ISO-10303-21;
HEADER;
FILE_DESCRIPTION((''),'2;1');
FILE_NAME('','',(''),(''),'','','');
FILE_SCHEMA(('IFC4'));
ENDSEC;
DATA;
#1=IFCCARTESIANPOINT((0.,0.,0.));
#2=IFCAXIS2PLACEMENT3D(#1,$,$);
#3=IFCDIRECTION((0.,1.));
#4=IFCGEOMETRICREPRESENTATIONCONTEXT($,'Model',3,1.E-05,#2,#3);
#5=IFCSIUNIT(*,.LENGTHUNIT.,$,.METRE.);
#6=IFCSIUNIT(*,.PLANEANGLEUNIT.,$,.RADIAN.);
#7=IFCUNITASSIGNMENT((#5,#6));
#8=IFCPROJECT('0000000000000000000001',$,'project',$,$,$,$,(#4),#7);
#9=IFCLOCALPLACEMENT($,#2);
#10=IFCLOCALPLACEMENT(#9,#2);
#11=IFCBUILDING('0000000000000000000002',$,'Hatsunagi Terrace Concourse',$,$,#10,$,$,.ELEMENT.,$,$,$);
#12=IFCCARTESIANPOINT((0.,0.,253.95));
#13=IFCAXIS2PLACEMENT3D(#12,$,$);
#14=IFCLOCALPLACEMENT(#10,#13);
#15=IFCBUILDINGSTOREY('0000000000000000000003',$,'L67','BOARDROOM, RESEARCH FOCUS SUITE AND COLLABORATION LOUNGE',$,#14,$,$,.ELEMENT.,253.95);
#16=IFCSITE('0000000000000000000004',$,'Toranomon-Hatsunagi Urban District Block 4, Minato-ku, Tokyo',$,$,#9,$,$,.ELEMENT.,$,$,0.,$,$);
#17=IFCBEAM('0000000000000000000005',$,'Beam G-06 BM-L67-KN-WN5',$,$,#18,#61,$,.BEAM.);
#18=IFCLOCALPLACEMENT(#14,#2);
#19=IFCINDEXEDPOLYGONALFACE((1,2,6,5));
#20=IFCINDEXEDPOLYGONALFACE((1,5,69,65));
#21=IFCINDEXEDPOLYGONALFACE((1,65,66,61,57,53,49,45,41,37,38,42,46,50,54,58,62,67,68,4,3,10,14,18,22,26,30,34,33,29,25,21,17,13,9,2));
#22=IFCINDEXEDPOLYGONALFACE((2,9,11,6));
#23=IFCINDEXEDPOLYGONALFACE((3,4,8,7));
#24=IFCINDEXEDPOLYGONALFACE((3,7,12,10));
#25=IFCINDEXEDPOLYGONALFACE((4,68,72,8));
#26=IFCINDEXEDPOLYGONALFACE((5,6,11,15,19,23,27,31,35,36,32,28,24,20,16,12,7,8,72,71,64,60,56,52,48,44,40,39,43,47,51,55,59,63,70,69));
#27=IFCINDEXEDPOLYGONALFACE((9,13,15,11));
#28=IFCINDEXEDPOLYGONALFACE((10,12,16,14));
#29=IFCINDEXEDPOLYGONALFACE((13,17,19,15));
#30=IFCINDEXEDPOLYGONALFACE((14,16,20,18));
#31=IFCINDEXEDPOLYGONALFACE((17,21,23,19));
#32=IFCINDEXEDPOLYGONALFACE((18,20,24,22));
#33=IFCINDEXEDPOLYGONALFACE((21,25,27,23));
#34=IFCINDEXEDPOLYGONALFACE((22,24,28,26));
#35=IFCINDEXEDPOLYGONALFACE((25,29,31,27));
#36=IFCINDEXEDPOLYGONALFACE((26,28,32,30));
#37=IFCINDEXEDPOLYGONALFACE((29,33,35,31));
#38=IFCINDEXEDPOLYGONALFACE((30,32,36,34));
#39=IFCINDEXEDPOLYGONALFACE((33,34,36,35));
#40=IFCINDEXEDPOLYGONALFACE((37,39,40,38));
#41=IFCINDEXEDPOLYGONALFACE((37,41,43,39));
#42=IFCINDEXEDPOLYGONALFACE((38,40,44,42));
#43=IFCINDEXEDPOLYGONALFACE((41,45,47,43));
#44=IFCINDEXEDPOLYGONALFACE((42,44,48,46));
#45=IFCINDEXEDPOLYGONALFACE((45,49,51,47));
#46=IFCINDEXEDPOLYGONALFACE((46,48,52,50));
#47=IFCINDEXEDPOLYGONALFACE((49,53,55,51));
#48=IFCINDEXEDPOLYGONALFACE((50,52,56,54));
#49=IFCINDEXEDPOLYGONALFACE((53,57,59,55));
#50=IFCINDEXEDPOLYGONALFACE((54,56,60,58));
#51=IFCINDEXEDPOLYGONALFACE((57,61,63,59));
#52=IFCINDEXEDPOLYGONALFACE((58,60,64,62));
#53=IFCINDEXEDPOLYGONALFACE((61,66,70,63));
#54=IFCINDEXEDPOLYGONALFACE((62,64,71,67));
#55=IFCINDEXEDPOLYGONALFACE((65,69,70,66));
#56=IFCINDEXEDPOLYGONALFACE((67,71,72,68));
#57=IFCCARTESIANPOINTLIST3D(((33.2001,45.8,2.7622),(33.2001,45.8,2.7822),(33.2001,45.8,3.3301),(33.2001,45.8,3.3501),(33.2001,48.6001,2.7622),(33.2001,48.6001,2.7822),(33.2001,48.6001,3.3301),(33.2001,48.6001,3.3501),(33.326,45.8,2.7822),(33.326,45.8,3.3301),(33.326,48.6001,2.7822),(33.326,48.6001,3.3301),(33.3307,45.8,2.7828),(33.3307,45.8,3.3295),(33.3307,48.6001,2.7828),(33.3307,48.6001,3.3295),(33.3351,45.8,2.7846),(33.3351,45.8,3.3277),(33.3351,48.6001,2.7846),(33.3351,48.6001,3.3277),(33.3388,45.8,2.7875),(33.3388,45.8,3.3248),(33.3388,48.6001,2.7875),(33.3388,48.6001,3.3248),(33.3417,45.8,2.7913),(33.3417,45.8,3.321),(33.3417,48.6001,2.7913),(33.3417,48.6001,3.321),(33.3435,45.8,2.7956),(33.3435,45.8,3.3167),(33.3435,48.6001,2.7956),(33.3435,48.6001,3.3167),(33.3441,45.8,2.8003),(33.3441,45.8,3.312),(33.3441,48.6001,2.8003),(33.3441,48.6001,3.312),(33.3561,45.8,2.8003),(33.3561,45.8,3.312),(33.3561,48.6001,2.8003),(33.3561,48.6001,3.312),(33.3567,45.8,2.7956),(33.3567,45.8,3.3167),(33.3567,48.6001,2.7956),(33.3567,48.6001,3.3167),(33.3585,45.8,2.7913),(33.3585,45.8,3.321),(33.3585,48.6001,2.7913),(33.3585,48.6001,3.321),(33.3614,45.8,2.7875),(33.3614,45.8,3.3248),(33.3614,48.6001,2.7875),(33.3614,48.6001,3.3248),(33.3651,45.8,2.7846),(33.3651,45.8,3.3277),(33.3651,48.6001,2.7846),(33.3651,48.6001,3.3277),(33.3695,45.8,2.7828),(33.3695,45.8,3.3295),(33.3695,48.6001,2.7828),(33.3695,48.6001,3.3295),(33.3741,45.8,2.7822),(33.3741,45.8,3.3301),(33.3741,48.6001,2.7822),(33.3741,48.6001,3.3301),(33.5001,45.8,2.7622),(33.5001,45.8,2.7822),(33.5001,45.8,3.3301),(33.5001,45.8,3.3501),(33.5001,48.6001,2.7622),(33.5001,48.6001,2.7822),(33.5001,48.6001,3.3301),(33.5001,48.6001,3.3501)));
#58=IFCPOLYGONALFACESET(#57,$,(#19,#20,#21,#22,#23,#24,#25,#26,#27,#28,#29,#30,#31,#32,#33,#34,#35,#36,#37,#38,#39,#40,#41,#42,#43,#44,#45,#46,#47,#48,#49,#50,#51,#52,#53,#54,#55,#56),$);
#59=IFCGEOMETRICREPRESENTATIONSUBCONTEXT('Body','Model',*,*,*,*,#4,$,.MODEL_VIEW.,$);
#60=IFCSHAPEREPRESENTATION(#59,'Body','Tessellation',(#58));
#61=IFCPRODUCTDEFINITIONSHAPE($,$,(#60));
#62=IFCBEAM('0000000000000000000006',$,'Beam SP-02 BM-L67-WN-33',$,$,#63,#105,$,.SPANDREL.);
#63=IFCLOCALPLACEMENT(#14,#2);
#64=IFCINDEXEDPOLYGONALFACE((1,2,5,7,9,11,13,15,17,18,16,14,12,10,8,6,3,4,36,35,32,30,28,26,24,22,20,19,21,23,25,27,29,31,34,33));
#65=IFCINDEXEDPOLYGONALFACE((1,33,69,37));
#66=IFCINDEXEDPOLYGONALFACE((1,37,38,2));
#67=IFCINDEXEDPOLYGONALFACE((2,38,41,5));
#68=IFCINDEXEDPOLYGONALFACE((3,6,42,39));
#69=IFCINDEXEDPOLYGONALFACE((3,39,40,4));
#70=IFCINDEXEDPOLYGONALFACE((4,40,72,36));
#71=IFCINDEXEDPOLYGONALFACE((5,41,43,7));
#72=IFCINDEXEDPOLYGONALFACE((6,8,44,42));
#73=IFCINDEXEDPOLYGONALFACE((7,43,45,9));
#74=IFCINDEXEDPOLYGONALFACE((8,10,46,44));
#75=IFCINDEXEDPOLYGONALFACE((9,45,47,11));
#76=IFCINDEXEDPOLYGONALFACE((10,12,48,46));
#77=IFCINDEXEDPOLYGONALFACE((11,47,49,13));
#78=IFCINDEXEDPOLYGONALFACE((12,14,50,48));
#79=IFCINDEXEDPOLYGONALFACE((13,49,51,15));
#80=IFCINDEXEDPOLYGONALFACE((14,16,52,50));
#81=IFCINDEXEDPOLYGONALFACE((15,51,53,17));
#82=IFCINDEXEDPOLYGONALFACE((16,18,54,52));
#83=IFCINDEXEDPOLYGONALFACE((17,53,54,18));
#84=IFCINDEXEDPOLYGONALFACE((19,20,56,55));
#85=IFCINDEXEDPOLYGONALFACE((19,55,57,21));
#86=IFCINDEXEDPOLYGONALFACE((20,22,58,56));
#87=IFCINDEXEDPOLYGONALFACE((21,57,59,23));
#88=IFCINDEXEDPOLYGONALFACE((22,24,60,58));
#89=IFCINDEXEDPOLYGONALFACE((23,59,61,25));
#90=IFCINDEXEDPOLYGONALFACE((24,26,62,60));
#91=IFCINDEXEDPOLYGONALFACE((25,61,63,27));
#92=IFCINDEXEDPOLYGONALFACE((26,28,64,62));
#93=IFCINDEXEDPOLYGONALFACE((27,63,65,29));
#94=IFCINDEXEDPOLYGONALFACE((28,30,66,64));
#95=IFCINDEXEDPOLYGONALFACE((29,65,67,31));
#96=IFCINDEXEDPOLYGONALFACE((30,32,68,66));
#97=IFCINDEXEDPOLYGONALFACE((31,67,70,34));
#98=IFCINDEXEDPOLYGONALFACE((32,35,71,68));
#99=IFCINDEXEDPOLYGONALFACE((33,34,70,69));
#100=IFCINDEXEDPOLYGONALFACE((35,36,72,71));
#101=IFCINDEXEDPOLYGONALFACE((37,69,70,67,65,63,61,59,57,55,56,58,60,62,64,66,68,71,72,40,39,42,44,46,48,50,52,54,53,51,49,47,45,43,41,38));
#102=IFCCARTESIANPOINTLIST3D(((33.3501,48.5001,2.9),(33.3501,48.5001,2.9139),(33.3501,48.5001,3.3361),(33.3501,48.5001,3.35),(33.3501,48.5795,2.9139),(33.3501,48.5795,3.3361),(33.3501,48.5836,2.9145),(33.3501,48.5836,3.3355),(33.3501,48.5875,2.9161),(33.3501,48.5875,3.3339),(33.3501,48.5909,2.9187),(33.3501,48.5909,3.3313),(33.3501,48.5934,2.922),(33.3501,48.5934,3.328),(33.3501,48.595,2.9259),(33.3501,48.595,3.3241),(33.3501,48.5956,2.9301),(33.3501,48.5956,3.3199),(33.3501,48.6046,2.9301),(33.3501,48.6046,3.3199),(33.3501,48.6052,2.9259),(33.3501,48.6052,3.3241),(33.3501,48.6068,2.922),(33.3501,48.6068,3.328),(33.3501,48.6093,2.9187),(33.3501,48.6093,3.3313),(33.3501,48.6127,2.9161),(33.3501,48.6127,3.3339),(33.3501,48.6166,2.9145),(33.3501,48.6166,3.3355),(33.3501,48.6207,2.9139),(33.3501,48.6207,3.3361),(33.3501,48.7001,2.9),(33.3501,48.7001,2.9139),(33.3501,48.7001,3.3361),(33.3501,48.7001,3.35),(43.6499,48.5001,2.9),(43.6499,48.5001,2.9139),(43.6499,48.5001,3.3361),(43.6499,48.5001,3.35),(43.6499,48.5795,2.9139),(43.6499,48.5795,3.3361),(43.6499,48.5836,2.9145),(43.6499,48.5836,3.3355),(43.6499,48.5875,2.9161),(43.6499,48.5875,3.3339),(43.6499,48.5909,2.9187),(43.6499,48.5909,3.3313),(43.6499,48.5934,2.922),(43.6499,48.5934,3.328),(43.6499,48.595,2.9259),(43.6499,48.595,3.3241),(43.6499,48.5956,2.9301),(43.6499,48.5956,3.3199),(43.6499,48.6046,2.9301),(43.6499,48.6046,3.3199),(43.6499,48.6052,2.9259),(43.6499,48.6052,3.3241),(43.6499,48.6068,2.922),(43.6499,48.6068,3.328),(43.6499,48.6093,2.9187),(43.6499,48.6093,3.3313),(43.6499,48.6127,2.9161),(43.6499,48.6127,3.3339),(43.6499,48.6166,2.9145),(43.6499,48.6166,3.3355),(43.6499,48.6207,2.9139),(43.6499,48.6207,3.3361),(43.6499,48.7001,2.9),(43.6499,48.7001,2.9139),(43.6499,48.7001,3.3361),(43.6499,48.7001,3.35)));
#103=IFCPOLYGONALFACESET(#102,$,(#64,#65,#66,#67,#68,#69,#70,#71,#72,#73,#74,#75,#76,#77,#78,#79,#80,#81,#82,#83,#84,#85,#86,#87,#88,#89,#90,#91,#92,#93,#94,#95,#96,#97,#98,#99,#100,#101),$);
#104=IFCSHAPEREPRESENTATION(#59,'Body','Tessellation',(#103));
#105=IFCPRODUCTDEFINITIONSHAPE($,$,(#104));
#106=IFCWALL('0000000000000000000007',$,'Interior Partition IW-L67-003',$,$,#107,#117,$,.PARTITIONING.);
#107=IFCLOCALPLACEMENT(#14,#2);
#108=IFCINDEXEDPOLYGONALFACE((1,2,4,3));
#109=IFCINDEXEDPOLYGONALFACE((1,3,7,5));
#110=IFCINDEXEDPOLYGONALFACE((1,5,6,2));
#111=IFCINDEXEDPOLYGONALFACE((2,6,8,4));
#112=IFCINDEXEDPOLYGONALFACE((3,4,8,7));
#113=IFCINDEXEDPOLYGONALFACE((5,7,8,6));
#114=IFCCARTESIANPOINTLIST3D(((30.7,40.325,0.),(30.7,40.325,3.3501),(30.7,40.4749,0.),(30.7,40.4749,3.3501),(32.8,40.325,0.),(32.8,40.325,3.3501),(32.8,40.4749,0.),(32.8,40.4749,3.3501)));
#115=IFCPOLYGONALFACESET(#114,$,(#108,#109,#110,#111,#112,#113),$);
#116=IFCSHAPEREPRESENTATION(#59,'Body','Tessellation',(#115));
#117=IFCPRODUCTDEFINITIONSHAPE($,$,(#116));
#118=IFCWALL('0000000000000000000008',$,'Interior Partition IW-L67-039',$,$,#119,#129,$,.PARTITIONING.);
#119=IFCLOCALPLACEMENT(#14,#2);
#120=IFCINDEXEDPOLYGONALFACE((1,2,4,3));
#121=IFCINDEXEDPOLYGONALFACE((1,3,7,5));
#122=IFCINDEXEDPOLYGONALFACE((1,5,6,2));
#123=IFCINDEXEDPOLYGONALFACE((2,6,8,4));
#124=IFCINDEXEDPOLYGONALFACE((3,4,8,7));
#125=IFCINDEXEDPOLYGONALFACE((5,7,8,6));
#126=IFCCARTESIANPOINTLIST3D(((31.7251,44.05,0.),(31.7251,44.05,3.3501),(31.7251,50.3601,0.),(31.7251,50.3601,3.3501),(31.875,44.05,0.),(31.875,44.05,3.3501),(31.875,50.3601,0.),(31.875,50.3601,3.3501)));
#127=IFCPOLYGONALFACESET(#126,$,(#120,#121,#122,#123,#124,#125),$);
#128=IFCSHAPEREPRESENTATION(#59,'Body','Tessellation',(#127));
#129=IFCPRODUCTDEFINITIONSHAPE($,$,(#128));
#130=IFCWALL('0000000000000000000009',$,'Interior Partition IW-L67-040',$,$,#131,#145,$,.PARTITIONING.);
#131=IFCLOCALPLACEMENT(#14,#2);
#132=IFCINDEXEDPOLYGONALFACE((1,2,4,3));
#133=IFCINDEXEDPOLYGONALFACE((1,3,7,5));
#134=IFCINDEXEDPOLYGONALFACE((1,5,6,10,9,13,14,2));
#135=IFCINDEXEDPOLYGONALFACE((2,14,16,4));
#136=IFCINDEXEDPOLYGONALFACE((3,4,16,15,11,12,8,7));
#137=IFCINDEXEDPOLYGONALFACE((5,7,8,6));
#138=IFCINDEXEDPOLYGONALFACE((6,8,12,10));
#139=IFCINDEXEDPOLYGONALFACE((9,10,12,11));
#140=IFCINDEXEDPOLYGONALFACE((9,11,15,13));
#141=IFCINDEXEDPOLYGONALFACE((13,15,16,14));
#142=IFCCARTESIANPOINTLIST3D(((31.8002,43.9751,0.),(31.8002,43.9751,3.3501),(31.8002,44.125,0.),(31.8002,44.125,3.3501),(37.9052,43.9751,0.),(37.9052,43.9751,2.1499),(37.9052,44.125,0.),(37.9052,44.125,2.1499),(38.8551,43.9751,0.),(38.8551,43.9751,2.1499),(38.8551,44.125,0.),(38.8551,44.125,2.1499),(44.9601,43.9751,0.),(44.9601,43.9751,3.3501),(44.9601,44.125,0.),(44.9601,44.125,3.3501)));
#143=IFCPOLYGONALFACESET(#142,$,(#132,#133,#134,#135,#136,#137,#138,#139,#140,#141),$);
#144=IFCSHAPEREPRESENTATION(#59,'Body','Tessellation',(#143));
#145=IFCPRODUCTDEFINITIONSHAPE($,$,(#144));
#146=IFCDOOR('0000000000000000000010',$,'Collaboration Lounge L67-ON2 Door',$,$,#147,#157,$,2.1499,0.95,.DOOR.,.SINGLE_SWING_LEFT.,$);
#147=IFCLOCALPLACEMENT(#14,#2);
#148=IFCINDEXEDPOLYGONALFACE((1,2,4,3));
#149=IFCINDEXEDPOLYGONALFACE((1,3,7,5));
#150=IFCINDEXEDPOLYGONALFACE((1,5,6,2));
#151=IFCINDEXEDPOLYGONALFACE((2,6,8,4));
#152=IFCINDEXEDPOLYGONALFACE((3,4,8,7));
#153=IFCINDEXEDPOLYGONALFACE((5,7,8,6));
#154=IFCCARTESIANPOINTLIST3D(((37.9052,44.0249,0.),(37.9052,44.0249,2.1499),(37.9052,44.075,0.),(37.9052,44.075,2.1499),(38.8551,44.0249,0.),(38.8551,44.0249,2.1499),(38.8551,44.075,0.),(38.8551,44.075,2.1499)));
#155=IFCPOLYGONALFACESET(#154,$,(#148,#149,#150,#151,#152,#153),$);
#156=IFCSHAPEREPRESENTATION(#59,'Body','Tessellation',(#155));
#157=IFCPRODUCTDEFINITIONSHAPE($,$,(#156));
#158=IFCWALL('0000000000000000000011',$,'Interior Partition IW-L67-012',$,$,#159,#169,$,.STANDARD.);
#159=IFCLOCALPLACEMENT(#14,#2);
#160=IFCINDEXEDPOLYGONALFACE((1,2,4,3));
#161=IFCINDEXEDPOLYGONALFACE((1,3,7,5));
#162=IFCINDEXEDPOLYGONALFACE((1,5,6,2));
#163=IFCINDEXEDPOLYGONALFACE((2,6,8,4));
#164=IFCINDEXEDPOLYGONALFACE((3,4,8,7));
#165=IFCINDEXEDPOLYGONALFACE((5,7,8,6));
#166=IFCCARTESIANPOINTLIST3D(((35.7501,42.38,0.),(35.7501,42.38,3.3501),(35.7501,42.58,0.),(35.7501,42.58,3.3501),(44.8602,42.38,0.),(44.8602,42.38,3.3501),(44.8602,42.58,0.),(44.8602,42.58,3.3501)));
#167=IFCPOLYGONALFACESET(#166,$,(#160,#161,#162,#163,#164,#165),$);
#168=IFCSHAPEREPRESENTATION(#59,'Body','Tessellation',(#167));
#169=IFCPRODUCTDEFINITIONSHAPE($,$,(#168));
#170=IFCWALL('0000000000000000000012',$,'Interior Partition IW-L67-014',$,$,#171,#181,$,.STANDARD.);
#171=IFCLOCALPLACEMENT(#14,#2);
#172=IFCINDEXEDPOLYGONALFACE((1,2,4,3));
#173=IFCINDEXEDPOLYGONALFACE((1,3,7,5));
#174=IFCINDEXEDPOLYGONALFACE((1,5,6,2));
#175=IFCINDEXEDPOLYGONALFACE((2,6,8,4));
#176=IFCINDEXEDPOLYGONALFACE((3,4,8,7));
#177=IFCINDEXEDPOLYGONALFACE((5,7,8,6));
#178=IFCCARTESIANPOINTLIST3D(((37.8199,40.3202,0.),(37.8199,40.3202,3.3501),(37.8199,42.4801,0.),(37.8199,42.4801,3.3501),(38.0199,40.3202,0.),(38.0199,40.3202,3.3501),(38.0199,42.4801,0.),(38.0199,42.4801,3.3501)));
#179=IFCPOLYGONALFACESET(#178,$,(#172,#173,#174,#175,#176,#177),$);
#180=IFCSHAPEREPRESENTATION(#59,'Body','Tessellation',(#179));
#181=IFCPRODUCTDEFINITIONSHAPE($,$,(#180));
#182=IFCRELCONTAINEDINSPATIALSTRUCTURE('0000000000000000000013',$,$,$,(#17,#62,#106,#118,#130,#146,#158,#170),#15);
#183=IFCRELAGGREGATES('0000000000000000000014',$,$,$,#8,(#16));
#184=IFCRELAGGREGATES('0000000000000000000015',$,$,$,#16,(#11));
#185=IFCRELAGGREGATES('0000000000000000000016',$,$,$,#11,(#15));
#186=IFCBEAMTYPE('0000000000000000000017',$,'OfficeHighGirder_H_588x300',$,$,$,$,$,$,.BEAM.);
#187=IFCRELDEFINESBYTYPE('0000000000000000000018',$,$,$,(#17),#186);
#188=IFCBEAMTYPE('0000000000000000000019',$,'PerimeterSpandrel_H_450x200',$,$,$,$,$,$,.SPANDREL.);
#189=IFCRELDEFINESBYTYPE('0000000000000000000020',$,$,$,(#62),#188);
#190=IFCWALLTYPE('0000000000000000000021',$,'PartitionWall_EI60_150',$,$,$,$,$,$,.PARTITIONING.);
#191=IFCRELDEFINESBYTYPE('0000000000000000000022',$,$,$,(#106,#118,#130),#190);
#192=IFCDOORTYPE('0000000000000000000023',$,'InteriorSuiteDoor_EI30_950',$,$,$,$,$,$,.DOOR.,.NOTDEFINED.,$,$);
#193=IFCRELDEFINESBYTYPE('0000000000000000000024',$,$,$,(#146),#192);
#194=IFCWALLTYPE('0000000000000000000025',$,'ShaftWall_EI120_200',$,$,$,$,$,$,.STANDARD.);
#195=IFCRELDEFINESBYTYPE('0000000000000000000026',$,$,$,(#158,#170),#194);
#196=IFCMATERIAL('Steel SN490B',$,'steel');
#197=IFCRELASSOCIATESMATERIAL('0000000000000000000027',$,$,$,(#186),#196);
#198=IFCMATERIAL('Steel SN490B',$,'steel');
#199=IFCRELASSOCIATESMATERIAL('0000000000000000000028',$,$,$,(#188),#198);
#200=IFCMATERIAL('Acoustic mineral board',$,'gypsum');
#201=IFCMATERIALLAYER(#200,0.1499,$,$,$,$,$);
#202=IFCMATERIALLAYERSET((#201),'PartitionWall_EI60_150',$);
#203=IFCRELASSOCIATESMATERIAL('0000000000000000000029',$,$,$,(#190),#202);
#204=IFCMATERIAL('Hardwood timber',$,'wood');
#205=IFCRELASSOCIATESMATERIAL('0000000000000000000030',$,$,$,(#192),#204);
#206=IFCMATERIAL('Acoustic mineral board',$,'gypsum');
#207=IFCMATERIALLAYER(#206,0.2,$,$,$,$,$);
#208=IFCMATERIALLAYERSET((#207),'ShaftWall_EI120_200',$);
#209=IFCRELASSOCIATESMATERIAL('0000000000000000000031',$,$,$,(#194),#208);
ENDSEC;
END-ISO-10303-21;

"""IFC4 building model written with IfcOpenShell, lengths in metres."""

from ifc_helpers import new_model, si_unit, direction, frame, frame_2d, origin, origin_2d, place, context, subcontext, project, spatial, rectangle, i_section, extrude, material, layer, layer_set, material_profile, profile_set, type_object, element, fill, save


model = new_model("IFC4")

# Units and contexts
model_context = context("Model", 3, precision=1e-05, world=origin(), true_north=direction((0.0, 1.0)))
body_context = subcontext(model_context, "Body", "Model", "MODEL_VIEW")
ifc_project = project(units=[si_unit("LENGTHUNIT", "METRE"), si_unit("PLANEANGLEUNIT", "RADIAN")], contexts=[model_context])

# Site, building, storey
site_placement = place(None, origin())
site = spatial("IfcSite", under=ifc_project, at=site_placement, Name="Toranomon-Hatsunagi Urban District Block 4, Minato-ku, Tokyo", CompositionType="ELEMENT", RefElevation=0.0)
building_placement = place(site_placement, origin())
building = spatial("IfcBuilding", under=site, at=building_placement, Name="Hatsunagi Terrace Concourse", CompositionType="ELEMENT")
storey_placement = place(building_placement, frame((0.0, 0.0, 253.95)))
storey = spatial("IfcBuildingStorey", under=building, at=storey_placement, Name="L67", Description="BOARDROOM, RESEARCH FOCUS SUITE AND COLLABORATION LOUNGE", CompositionType="ELEMENT", Elevation=253.95)

# Beams
ifc_material_1 = material(Name="Steel SN490B", Category="steel")
ifc_material_profile_1 = material_profile(ifc_material_1, i_section(OverallWidth=0.3, OverallDepth=0.5879, WebThickness=0.012, FlangeThickness=0.02, FilletRadius=0.0181, at=origin_2d()), Name="H-588x300x12x20")
ifc_profile_set_1 = profile_set([ifc_material_profile_1], Name="Steel SN490B")
beam_type_1 = type_object("IfcBeamType", Name="OfficeHighGirder_H_588x300", PredefinedType="BEAM", material=ifc_profile_set_1)
beam_1_placement = place(storey_placement, frame((33.3501, 45.8, 3.0562), z_axis=(0.0, 1.0, 0.0), x_axis=(-1.0, 0.0, 0.0)))
element("IfcBeam", 1, at=beam_1_placement, inside=storey, type_object=beam_type_1, Name="Beam G-06 BM-L67-KN-WN5", PredefinedType="BEAM", context=body_context, shape_type="SweptSolid", body=[
    extrude(i_section(OverallWidth=0.3, OverallDepth=0.5879, WebThickness=0.012, FlangeThickness=0.02, FilletRadius=0.0181, at=origin_2d()), origin(), (0.0, 0.0, 1.0), 2.8),
])
ifc_material_2 = material(Name="Steel SN490B", Category="steel")
ifc_material_profile_2 = material_profile(ifc_material_2, i_section(OverallWidth=0.2, OverallDepth=0.45, WebThickness=0.009, FlangeThickness=0.0139, FilletRadius=0.0161, at=origin_2d()), Name="H-450x200x9x14")
ifc_profile_set_2 = profile_set([ifc_material_profile_2], Name="Steel SN490B")
beam_type_2 = type_object("IfcBeamType", Name="PerimeterSpandrel_H_450x200", PredefinedType="SPANDREL", material=ifc_profile_set_2)
beam_2_placement = place(storey_placement, frame((33.3501, 48.6001, 3.125), z_axis=(1.0, 0.0, 0.0), x_axis=(0.0, 1.0, 0.0)))
element("IfcBeam", 2, at=beam_2_placement, inside=storey, type_object=beam_type_2, Name="Beam SP-02 BM-L67-WN-33", PredefinedType="SPANDREL", context=body_context, shape_type="SweptSolid", body=[
    extrude(i_section(OverallWidth=0.2, OverallDepth=0.45, WebThickness=0.009, FlangeThickness=0.0139, FilletRadius=0.0161, at=origin_2d()), origin(), (0.0, 0.0, 1.0), 10.2998),
])

# Walls
ifc_material_3 = material(Name="Acoustic mineral board", Category="gypsum")
ifc_layer_1 = layer(ifc_material_3, 0.1499)
ifc_layer_set_1 = layer_set([ifc_layer_1], Name="PartitionWall_EI60_150")
wall_type_1 = type_object("IfcWallType", Name="PartitionWall_EI60_150", PredefinedType="PARTITIONING", material=ifc_layer_set_1)
wall_1_placement = place(storey_placement, frame((30.7, 40.3999, 0.0), z_axis=(0.0, 0.0, 1.0), x_axis=(1.0, 0.0, 0.0)))
element("IfcWall", 3, at=wall_1_placement, inside=storey, type_object=wall_type_1, Name="Interior Partition IW-L67-003", PredefinedType="PARTITIONING", context=body_context, shape_type="SweptSolid", body=[
    extrude(rectangle(XDim=2.1001, YDim=0.1499, at=frame_2d((1.05, 0.0))), origin(), (0.0, 0.0, 1.0), 3.3501),
])
wall_2_placement = place(storey_placement, frame((31.8, 44.05, 0.0), z_axis=(0.0, 0.0, 1.0), x_axis=(0.0, 1.0, 0.0)))
element("IfcWall", 4, at=wall_2_placement, inside=storey, type_object=wall_type_1, Name="Interior Partition IW-L67-039", PredefinedType="PARTITIONING", context=body_context, shape_type="SweptSolid", body=[
    extrude(rectangle(XDim=6.3101, YDim=0.1499, at=frame_2d((3.155, 0.0))), origin(), (0.0, 0.0, 1.0), 3.3501),
])

# Wall, opening, door
wall_3_placement = place(storey_placement, frame((31.8, 44.05, 0.0), z_axis=(0.0, 0.0, 1.0), x_axis=(1.0, 0.0, 0.0)))
wall_3 = element("IfcWall", 5, at=wall_3_placement, inside=storey, type_object=wall_type_1, Name="Interior Partition IW-L67-040", PredefinedType="PARTITIONING", context=body_context, shape_type="SweptSolid", body=[
    extrude(rectangle(XDim=13.1599, YDim=0.1499, at=frame_2d((6.5801, 0.0))), origin(), (0.0, 0.0, 1.0), 3.3501),
])
opening_1_placement = place(wall_3_placement, frame((6.105, 0.0, 0.0)))
opening_1 = element("IfcOpeningElement", 6, at=opening_1_placement, cuts=wall_3, PredefinedType="OPENING", context=body_context, shape_type="SweptSolid", body=[
    extrude(rectangle(XDim=0.95, YDim=2.1499, at=frame_2d((0.4751, 1.075))), frame((0.0, 0.085, 0.0), z_axis=(0.0, -1.0, 0.0), x_axis=(1.0, 0.0, 0.0)), (0.0, 0.0, 1.0), 0.1699),
])
ifc_material_4 = material(Name="Hardwood timber", Category="wood")
door_type_1 = type_object("IfcDoorType", Name="InteriorSuiteDoor_EI30_950", OperationType="NOTDEFINED", PredefinedType="DOOR", material=ifc_material_4)
door_1_placement = place(opening_1_placement, origin())
door_1 = element("IfcDoor", 7, at=door_1_placement, inside=storey, type_object=door_type_1, Name="Collaboration Lounge L67-ON2 Door", OperationType="SINGLE_SWING_LEFT", OverallHeight=2.1499, OverallWidth=0.95, PredefinedType="DOOR", context=body_context, shape_type="SweptSolid", body=[
    extrude(rectangle(XDim=0.95, YDim=2.1499, at=frame_2d((0.4751, 1.075))), frame((0.0, 0.0249, 0.0), z_axis=(0.0, -1.0, 0.0), x_axis=(1.0, 0.0, 0.0)), (0.0, 0.0, 1.0), 0.05),
])
fill(opening_1, door_1)

# Walls
ifc_material_5 = material(Name="Acoustic mineral board", Category="gypsum")
ifc_layer_2 = layer(ifc_material_5, 0.2)
ifc_layer_set_2 = layer_set([ifc_layer_2], Name="ShaftWall_EI120_200")
wall_type_2 = type_object("IfcWallType", Name="ShaftWall_EI120_200", PredefinedType="STANDARD", material=ifc_layer_set_2)
wall_4_placement = place(storey_placement, frame((35.75, 42.48, 0.0), z_axis=(0.0, 0.0, 1.0), x_axis=(1.0, 0.0, 0.0)))
element("IfcWall", 8, at=wall_4_placement, inside=storey, type_object=wall_type_2, Name="Interior Partition IW-L67-012", PredefinedType="STANDARD", context=body_context, shape_type="SweptSolid", body=[
    extrude(rectangle(XDim=9.1101, YDim=0.2, at=frame_2d((4.5552, 0.0))), origin(), (0.0, 0.0, 1.0), 3.3501),
])
for number, where, z_axis, x_axis, name in (
    (9, (37.9199, 40.3201, 0.0), (0.0, 0.0, 1.0), (0.0, 1.0, 0.0), "Interior Partition IW-L67-014"),
):
    element("IfcWall", number, at=place(storey_placement, frame(where, z_axis=z_axis, x_axis=x_axis)), inside=storey, type_object=wall_type_2, Name=name, PredefinedType="STANDARD", context=body_context, shape_type="SweptSolid", body=[
        extrude(rectangle(XDim=2.1599, YDim=0.2, at=frame_2d((1.0801, 0.0))), origin(), (0.0, 0.0, 1.0), 3.3501),
    ])

save(model, "model.ifc")
